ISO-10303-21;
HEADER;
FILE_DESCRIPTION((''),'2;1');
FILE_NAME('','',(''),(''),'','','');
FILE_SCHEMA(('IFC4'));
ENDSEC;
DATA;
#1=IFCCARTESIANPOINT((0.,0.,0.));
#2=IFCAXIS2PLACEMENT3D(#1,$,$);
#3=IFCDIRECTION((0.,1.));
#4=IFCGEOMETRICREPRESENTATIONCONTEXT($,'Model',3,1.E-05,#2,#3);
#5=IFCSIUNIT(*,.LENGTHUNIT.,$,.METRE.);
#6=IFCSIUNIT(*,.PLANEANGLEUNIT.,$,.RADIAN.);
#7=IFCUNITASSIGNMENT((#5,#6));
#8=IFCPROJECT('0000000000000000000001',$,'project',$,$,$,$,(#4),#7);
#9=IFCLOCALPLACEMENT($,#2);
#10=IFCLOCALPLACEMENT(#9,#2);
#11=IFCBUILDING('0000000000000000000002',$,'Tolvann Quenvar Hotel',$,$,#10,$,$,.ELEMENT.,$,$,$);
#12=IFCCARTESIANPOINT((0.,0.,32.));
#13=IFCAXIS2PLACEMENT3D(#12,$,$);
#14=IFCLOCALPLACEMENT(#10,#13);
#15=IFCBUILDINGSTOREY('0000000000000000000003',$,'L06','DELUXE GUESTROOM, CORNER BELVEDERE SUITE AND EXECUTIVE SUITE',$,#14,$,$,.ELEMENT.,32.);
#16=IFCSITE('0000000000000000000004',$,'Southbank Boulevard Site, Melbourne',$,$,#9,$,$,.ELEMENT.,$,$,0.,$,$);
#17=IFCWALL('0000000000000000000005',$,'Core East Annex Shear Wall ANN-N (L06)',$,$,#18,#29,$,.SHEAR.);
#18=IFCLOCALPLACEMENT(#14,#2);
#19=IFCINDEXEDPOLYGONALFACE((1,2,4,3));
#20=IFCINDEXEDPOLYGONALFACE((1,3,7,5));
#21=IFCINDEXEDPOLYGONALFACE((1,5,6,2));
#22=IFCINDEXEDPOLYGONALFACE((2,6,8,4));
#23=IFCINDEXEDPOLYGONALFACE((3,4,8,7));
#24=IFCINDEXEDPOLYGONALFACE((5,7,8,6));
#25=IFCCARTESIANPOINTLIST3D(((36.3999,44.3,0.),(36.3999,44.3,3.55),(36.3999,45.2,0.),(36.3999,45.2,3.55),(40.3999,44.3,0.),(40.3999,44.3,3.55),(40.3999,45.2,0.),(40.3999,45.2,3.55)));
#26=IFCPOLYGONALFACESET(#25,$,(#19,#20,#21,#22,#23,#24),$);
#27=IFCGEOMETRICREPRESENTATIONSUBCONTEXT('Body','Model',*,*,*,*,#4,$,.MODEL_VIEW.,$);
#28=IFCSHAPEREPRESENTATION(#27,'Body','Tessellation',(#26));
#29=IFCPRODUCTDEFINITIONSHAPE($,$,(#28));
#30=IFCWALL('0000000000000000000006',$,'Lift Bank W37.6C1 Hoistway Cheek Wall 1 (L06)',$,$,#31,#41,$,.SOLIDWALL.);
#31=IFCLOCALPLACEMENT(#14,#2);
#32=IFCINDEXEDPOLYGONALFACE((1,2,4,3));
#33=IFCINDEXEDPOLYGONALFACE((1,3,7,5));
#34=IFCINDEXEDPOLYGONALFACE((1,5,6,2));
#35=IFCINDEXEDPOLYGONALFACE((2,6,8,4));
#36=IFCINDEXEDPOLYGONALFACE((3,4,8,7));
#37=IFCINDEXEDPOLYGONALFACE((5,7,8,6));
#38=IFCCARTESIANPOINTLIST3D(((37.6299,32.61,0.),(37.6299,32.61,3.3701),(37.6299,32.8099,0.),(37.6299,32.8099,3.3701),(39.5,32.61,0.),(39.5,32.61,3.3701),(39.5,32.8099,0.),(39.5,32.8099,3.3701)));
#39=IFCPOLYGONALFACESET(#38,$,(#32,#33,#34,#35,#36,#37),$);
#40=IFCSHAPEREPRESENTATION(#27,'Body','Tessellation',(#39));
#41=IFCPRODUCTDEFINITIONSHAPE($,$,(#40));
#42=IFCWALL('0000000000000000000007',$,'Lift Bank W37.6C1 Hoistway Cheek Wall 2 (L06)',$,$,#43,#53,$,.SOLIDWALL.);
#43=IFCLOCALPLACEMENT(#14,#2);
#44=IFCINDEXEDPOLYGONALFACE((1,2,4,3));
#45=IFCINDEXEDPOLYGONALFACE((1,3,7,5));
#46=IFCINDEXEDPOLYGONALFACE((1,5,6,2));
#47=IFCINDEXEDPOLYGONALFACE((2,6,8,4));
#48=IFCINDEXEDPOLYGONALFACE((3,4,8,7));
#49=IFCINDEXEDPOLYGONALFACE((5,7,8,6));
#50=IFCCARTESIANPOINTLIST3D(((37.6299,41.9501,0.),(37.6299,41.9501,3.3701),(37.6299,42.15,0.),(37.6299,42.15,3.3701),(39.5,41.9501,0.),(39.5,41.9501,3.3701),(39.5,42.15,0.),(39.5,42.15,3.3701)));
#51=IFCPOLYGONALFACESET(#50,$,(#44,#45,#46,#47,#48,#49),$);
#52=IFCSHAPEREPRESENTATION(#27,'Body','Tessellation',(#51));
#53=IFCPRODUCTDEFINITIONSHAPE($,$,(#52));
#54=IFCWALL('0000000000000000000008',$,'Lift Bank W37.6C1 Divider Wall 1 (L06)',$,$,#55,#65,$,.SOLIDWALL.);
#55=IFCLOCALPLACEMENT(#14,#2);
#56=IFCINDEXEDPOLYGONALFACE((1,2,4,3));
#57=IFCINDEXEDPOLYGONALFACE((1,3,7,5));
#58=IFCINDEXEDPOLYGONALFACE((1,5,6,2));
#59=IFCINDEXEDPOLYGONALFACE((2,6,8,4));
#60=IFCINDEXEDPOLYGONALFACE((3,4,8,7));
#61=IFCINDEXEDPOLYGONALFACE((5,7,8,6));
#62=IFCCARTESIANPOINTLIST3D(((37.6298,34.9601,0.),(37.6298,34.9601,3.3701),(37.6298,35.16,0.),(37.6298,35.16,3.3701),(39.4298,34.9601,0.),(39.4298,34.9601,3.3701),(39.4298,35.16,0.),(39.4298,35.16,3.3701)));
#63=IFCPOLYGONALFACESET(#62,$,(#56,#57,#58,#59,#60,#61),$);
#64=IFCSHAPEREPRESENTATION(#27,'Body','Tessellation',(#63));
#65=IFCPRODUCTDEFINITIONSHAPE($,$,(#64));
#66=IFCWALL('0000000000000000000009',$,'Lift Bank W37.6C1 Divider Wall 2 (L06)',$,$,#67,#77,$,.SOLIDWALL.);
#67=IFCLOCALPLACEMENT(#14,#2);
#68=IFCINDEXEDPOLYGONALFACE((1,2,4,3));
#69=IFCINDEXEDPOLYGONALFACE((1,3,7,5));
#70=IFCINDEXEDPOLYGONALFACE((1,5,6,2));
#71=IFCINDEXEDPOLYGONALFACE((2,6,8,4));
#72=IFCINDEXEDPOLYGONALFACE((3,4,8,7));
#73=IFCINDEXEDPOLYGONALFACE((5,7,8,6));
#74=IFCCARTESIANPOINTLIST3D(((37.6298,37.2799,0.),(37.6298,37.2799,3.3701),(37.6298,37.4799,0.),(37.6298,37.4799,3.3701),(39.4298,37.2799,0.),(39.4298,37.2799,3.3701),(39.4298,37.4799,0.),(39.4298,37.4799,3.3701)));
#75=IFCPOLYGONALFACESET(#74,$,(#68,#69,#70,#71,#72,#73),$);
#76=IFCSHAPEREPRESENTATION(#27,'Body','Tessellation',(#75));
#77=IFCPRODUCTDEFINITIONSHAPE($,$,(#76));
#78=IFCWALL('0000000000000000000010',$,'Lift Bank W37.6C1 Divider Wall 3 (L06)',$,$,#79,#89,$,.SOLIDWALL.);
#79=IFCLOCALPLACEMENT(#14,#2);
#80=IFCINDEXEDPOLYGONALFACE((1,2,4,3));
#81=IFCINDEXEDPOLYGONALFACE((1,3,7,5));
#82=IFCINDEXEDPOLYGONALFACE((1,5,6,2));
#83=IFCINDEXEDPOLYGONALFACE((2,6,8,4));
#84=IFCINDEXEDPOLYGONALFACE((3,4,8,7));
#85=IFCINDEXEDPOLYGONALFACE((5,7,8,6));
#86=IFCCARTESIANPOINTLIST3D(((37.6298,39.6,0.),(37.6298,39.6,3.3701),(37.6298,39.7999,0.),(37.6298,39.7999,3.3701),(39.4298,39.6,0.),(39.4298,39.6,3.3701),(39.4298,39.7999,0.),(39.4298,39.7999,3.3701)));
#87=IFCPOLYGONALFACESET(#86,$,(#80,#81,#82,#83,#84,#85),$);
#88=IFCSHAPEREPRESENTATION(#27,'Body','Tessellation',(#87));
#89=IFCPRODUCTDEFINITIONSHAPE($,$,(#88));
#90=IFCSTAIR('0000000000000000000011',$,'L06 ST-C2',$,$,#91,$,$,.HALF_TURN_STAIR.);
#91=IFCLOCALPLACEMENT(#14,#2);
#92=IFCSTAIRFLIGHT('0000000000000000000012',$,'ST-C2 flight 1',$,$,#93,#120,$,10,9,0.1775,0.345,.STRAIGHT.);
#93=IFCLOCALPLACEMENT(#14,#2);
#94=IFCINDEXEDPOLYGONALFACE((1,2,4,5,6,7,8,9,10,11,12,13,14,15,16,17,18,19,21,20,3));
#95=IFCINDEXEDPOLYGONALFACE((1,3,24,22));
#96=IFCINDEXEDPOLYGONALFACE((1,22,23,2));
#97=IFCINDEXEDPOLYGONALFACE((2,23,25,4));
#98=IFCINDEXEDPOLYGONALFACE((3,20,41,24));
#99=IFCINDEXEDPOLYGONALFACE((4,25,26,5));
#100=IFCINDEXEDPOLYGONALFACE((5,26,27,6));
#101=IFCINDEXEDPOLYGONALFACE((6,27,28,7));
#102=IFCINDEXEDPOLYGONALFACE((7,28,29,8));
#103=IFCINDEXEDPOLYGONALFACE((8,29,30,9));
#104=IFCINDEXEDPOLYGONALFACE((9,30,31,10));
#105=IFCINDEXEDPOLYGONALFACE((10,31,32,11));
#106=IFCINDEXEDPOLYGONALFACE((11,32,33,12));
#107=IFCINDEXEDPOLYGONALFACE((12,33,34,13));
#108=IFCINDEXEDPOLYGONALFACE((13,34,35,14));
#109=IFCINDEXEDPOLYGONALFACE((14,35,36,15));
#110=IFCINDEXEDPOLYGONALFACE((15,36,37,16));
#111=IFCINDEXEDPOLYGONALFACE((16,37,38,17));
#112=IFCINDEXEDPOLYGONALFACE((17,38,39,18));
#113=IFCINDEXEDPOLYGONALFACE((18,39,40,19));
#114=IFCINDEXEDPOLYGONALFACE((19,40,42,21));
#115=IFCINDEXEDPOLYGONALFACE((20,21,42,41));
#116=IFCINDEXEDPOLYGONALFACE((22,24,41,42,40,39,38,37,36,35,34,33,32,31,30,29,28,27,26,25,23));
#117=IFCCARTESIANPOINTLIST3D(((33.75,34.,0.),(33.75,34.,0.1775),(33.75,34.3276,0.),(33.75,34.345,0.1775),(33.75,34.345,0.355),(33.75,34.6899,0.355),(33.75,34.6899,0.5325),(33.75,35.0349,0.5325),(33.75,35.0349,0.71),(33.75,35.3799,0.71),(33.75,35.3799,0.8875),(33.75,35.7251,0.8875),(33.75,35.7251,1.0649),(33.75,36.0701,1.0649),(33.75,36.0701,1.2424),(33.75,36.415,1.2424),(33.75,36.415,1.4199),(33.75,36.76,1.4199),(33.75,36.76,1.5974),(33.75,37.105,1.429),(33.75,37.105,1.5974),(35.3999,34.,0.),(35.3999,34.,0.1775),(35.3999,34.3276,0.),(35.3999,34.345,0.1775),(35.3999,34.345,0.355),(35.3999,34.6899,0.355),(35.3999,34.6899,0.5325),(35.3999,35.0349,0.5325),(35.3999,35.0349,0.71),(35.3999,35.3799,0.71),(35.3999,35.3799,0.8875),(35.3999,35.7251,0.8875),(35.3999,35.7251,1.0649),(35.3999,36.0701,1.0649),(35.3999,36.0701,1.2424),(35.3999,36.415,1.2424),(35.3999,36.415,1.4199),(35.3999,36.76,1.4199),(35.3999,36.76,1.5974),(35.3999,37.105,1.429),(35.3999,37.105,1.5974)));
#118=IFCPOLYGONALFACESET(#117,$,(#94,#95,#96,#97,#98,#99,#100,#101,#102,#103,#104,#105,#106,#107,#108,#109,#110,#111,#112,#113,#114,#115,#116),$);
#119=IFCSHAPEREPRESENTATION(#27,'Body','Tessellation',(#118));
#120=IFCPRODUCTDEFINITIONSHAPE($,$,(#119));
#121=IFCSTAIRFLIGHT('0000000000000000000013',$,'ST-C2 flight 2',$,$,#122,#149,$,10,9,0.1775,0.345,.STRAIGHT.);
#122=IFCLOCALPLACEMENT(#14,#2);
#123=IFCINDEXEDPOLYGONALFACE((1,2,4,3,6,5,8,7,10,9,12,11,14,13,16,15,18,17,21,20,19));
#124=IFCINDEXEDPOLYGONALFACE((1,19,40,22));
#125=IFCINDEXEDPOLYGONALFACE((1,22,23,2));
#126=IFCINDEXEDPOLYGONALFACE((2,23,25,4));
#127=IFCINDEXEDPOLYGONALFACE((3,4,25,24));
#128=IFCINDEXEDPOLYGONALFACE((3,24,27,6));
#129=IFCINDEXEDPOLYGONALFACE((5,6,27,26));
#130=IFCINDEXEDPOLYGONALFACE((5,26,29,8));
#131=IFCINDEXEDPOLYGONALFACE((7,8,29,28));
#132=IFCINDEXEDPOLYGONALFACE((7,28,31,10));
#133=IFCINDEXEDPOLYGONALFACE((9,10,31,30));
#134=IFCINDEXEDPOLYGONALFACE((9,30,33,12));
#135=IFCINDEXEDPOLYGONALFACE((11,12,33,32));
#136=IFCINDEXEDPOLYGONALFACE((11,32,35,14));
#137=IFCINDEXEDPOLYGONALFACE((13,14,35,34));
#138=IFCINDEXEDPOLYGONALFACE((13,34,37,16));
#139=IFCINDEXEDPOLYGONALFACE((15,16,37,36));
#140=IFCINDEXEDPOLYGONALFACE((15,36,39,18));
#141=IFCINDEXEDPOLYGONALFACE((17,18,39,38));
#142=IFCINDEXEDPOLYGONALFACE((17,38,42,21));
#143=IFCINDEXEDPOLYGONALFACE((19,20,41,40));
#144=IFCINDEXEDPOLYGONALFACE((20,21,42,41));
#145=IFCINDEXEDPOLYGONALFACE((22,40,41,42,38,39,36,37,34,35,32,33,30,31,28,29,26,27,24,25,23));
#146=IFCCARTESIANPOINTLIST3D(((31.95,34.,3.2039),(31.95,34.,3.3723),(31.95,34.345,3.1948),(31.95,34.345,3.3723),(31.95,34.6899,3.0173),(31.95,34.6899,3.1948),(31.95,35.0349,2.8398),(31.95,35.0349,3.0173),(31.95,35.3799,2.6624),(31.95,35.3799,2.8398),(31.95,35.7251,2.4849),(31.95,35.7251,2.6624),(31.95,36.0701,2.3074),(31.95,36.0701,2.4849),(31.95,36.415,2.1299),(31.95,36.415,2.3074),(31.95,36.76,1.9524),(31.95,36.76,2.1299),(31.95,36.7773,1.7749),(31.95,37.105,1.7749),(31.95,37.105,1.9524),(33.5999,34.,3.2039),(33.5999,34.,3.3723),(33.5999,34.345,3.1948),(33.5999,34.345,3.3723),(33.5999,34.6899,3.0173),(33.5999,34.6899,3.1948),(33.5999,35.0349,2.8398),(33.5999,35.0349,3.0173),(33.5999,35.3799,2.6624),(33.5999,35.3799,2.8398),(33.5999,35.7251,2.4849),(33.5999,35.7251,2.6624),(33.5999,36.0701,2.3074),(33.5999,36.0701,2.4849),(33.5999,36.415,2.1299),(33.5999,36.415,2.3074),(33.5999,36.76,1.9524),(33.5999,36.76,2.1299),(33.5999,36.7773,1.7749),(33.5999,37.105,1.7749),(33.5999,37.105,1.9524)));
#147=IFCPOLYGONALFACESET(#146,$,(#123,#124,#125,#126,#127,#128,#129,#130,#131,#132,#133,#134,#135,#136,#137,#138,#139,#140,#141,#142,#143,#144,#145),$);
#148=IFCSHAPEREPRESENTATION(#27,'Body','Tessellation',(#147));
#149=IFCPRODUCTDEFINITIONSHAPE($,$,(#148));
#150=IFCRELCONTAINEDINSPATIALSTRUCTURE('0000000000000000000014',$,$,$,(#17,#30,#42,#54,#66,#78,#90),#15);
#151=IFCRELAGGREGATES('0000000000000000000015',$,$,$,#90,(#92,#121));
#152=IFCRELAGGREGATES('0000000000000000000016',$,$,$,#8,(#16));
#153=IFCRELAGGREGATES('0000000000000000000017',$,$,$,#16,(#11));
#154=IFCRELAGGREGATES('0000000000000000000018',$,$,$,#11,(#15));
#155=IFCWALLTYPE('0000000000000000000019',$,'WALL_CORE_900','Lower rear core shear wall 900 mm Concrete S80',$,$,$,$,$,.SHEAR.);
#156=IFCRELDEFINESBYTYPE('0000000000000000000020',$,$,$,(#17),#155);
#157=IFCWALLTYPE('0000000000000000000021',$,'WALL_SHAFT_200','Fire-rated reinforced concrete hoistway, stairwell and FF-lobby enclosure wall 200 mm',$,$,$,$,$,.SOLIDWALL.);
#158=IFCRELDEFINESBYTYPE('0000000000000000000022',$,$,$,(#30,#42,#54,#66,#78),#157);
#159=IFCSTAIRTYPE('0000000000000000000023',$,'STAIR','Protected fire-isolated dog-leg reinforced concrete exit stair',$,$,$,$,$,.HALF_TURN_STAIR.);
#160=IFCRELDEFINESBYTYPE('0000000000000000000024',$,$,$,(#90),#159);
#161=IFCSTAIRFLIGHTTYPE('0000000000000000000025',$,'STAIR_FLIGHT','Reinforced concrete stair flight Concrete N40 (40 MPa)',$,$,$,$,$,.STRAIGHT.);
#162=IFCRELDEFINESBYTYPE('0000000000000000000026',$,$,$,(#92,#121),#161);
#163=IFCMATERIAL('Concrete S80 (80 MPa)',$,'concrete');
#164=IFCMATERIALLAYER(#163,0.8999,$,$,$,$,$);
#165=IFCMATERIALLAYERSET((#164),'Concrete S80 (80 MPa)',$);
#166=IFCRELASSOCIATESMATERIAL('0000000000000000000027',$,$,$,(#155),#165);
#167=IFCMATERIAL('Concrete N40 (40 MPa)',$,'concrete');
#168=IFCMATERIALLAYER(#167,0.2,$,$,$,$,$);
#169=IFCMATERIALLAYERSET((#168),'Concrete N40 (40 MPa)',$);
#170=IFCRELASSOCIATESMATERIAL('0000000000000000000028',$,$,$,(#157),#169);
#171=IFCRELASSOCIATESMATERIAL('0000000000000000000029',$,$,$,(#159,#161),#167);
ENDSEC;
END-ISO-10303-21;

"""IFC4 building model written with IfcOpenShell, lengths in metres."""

from ifc_helpers import new_model, si_unit, direction, frame, frame_2d, origin, place, context, subcontext, project, spatial, polyline, rectangle, outline, extrude, material, layer, layer_set, type_object, element, aggregate, save


model = new_model("IFC4")

# Units and contexts
model_context = context("Model", 3, precision=1e-05, world=origin(), true_north=direction((0.0, 1.0)))
body_context = subcontext(model_context, "Body", "Model", "MODEL_VIEW")
ifc_project = project(units=[si_unit("LENGTHUNIT", "METRE"), si_unit("PLANEANGLEUNIT", "RADIAN")], contexts=[model_context])

# Site, building, storey
site_placement = place(None, origin())
site = spatial("IfcSite", under=ifc_project, at=site_placement, Name="Southbank Boulevard Site, Melbourne", CompositionType="ELEMENT", RefElevation=0.0)
building_placement = place(site_placement, origin())
building = spatial("IfcBuilding", under=site, at=building_placement, Name="Tolvann Quenvar Hotel", CompositionType="ELEMENT")
storey_placement = place(building_placement, frame((0.0, 0.0, 32.0)))
storey = spatial("IfcBuildingStorey", under=building, at=storey_placement, Name="L06", Description="DELUXE GUESTROOM, CORNER BELVEDERE SUITE AND EXECUTIVE SUITE", CompositionType="ELEMENT", Elevation=32.0)

# Wall
ifc_material_1 = material(Name="Concrete S80 (80 MPa)", Category="concrete")
ifc_layer_1 = layer(ifc_material_1, 0.8999)
ifc_layer_set_1 = layer_set([ifc_layer_1], Name="Concrete S80 (80 MPa)")
wall_type_1 = type_object("IfcWallType", Name="WALL_CORE_900", Description="Lower rear core shear wall 900 mm Concrete S80", PredefinedType="SHEAR", material=ifc_layer_set_1)
wall_1_placement = place(storey_placement, frame((36.3999, 44.75, 0.0), z_axis=(0.0, 0.0, 1.0), x_axis=(1.0, 0.0, 0.0)))
element("IfcWall", 1, at=wall_1_placement, inside=storey, type_object=wall_type_1, Name="Core East Annex Shear Wall ANN-N (L06)", PredefinedType="SHEAR", context=body_context, shape_type="SweptSolid", body=[
    extrude(rectangle(XDim=4.0, YDim=0.8999, at=frame_2d((2.0, 0.0))), origin(), (0.0, 0.0, 1.0), 3.55),
])

# Shared definitions
ifc_material_2 = material(Name="Concrete N40 (40 MPa)", Category="concrete")
ifc_layer_2 = layer(ifc_material_2, 0.2)
ifc_layer_set_2 = layer_set([ifc_layer_2], Name="Concrete N40 (40 MPa)")
wall_type_2 = type_object("IfcWallType", Name="WALL_SHAFT_200", Description="Fire-rated reinforced concrete hoistway, stairwell and FF-lobby enclosure wall 200 mm", PredefinedType="SOLIDWALL", material=ifc_layer_set_2)

# Walls
for number, where, z_axis, x_axis, name in (
    (2, (37.6299, 32.71, 0.0), (0.0, 0.0, 1.0), (1.0, 0.0, 0.0), "Lift Bank W37.6C1 Hoistway Cheek Wall 1 (L06)"),
    (3, (37.6299, 42.05, 0.0), (0.0, 0.0, 1.0), (1.0, 0.0, 0.0), "Lift Bank W37.6C1 Hoistway Cheek Wall 2 (L06)"),
):
    element("IfcWall", number, at=place(storey_placement, frame(where, z_axis=z_axis, x_axis=x_axis)), inside=storey, type_object=wall_type_2, Name=name, PredefinedType="SOLIDWALL", context=body_context, shape_type="SweptSolid", body=[
        extrude(rectangle(XDim=1.8701, YDim=0.2, at=frame_2d((0.9351, 0.0))), origin(), (0.0, 0.0, 1.0), 3.3701),
    ])
for number, where, z_axis, x_axis, name in (
    (4, (37.6299, 35.0601, 0.0), (0.0, 0.0, 1.0), (1.0, 0.0, 0.0), "Lift Bank W37.6C1 Divider Wall 1 (L06)"),
    (5, (37.6299, 37.3799, 0.0), (0.0, 0.0, 1.0), (1.0, 0.0, 0.0), "Lift Bank W37.6C1 Divider Wall 2 (L06)"),
    (6, (37.6299, 39.7, 0.0), (0.0, 0.0, 1.0), (1.0, 0.0, 0.0), "Lift Bank W37.6C1 Divider Wall 3 (L06)"),
):
    element("IfcWall", number, at=place(storey_placement, frame(where, z_axis=z_axis, x_axis=x_axis)), inside=storey, type_object=wall_type_2, Name=name, PredefinedType="SOLIDWALL", context=body_context, shape_type="SweptSolid", body=[
        extrude(rectangle(XDim=1.8, YDim=0.2, at=frame_2d((0.8999, 0.0))), origin(), (0.0, 0.0, 1.0), 3.3701),
    ])

# Stair, stair flights
stair_type = type_object("IfcStairType", Name="STAIR", Description="Protected fire-isolated dog-leg reinforced concrete exit stair", PredefinedType="HALF_TURN_STAIR", material=ifc_material_2)
stair_placement = place(storey_placement, origin())
stair = element("IfcStair", 7, at=stair_placement, inside=storey, type_object=stair_type, Name="L06 ST-C2", PredefinedType="HALF_TURN_STAIR")
stair_flight_type = type_object("IfcStairFlightType", Name="STAIR_FLIGHT", Description="Reinforced concrete stair flight Concrete N40 (40 MPa)", PredefinedType="STRAIGHT", material=ifc_material_2)
stair_flight_1_placement = place(storey_placement, frame((34.575, 34.0, 0.0), z_axis=(0.0, 0.0, 1.0), x_axis=(0.0, 1.0, 0.0)))
stair_flight_1 = element("IfcStairFlight", 8, at=stair_flight_1_placement, type_object=stair_flight_type, Name="ST-C2 flight 1", NumberOfRisers=10, NumberOfTreads=9, PredefinedType="STRAIGHT", RiserHeight=0.1775, TreadLength=0.345, context=body_context, shape_type="SweptSolid", body=[
    extrude(outline(polyline([(0.0, 0.0), (0.0, 0.1775), (0.345, 0.1775), (0.345, 0.355), (0.6899, 0.355), (0.6899, 0.5325), (1.0349, 0.5325), (1.0349, 0.71), (1.3799, 0.71), (1.3799, 0.8875), (1.7251, 0.8875), (1.7251, 1.0649), (2.0701, 1.0649), (2.0701, 1.2424), (2.415, 1.2424), (2.415, 1.4199), (2.76, 1.4199), (2.76, 1.5974), (3.105, 1.5974), (3.105, 1.7749), (3.105, 1.429), (0.3276, 0.0), (0.0, 0.0)])), frame((0.0, 0.825, 0.0), z_axis=(0.0, -1.0, 0.0), x_axis=(1.0, 0.0, 0.0)), (0.0, 0.0, 1.0), 1.6499),
])
stair_flight_2_placement = place(storey_placement, frame((32.7749, 37.105, 1.7749), z_axis=(0.0, 0.0, 1.0), x_axis=(0.0, -1.0, 0.0)))
stair_flight_2 = element("IfcStairFlight", 9, at=stair_flight_2_placement, type_object=stair_flight_type, Name="ST-C2 flight 2", NumberOfRisers=10, NumberOfTreads=9, PredefinedType="STRAIGHT", RiserHeight=0.1775, TreadLength=0.345, context=body_context, shape_type="SweptSolid", body=[
    extrude(outline(polyline([(0.0, 0.0), (0.0, 0.1775), (0.345, 0.1775), (0.345, 0.355), (0.6899, 0.355), (0.6899, 0.5325), (1.0349, 0.5325), (1.0349, 0.71), (1.3799, 0.71), (1.3799, 0.8875), (1.7251, 0.8875), (1.7251, 1.0649), (2.0701, 1.0649), (2.0701, 1.2424), (2.415, 1.2424), (2.415, 1.4199), (2.76, 1.4199), (2.76, 1.5974), (3.105, 1.5974), (3.105, 1.7749), (3.105, 1.429), (0.3276, 0.0), (0.0, 0.0)])), frame((0.0, 0.825, 0.0), z_axis=(0.0, -1.0, 0.0), x_axis=(1.0, 0.0, 0.0)), (0.0, 0.0, 1.0), 1.6499),
])
aggregate(stair, [stair_flight_1, stair_flight_2])

save(model, "model.ifc")
